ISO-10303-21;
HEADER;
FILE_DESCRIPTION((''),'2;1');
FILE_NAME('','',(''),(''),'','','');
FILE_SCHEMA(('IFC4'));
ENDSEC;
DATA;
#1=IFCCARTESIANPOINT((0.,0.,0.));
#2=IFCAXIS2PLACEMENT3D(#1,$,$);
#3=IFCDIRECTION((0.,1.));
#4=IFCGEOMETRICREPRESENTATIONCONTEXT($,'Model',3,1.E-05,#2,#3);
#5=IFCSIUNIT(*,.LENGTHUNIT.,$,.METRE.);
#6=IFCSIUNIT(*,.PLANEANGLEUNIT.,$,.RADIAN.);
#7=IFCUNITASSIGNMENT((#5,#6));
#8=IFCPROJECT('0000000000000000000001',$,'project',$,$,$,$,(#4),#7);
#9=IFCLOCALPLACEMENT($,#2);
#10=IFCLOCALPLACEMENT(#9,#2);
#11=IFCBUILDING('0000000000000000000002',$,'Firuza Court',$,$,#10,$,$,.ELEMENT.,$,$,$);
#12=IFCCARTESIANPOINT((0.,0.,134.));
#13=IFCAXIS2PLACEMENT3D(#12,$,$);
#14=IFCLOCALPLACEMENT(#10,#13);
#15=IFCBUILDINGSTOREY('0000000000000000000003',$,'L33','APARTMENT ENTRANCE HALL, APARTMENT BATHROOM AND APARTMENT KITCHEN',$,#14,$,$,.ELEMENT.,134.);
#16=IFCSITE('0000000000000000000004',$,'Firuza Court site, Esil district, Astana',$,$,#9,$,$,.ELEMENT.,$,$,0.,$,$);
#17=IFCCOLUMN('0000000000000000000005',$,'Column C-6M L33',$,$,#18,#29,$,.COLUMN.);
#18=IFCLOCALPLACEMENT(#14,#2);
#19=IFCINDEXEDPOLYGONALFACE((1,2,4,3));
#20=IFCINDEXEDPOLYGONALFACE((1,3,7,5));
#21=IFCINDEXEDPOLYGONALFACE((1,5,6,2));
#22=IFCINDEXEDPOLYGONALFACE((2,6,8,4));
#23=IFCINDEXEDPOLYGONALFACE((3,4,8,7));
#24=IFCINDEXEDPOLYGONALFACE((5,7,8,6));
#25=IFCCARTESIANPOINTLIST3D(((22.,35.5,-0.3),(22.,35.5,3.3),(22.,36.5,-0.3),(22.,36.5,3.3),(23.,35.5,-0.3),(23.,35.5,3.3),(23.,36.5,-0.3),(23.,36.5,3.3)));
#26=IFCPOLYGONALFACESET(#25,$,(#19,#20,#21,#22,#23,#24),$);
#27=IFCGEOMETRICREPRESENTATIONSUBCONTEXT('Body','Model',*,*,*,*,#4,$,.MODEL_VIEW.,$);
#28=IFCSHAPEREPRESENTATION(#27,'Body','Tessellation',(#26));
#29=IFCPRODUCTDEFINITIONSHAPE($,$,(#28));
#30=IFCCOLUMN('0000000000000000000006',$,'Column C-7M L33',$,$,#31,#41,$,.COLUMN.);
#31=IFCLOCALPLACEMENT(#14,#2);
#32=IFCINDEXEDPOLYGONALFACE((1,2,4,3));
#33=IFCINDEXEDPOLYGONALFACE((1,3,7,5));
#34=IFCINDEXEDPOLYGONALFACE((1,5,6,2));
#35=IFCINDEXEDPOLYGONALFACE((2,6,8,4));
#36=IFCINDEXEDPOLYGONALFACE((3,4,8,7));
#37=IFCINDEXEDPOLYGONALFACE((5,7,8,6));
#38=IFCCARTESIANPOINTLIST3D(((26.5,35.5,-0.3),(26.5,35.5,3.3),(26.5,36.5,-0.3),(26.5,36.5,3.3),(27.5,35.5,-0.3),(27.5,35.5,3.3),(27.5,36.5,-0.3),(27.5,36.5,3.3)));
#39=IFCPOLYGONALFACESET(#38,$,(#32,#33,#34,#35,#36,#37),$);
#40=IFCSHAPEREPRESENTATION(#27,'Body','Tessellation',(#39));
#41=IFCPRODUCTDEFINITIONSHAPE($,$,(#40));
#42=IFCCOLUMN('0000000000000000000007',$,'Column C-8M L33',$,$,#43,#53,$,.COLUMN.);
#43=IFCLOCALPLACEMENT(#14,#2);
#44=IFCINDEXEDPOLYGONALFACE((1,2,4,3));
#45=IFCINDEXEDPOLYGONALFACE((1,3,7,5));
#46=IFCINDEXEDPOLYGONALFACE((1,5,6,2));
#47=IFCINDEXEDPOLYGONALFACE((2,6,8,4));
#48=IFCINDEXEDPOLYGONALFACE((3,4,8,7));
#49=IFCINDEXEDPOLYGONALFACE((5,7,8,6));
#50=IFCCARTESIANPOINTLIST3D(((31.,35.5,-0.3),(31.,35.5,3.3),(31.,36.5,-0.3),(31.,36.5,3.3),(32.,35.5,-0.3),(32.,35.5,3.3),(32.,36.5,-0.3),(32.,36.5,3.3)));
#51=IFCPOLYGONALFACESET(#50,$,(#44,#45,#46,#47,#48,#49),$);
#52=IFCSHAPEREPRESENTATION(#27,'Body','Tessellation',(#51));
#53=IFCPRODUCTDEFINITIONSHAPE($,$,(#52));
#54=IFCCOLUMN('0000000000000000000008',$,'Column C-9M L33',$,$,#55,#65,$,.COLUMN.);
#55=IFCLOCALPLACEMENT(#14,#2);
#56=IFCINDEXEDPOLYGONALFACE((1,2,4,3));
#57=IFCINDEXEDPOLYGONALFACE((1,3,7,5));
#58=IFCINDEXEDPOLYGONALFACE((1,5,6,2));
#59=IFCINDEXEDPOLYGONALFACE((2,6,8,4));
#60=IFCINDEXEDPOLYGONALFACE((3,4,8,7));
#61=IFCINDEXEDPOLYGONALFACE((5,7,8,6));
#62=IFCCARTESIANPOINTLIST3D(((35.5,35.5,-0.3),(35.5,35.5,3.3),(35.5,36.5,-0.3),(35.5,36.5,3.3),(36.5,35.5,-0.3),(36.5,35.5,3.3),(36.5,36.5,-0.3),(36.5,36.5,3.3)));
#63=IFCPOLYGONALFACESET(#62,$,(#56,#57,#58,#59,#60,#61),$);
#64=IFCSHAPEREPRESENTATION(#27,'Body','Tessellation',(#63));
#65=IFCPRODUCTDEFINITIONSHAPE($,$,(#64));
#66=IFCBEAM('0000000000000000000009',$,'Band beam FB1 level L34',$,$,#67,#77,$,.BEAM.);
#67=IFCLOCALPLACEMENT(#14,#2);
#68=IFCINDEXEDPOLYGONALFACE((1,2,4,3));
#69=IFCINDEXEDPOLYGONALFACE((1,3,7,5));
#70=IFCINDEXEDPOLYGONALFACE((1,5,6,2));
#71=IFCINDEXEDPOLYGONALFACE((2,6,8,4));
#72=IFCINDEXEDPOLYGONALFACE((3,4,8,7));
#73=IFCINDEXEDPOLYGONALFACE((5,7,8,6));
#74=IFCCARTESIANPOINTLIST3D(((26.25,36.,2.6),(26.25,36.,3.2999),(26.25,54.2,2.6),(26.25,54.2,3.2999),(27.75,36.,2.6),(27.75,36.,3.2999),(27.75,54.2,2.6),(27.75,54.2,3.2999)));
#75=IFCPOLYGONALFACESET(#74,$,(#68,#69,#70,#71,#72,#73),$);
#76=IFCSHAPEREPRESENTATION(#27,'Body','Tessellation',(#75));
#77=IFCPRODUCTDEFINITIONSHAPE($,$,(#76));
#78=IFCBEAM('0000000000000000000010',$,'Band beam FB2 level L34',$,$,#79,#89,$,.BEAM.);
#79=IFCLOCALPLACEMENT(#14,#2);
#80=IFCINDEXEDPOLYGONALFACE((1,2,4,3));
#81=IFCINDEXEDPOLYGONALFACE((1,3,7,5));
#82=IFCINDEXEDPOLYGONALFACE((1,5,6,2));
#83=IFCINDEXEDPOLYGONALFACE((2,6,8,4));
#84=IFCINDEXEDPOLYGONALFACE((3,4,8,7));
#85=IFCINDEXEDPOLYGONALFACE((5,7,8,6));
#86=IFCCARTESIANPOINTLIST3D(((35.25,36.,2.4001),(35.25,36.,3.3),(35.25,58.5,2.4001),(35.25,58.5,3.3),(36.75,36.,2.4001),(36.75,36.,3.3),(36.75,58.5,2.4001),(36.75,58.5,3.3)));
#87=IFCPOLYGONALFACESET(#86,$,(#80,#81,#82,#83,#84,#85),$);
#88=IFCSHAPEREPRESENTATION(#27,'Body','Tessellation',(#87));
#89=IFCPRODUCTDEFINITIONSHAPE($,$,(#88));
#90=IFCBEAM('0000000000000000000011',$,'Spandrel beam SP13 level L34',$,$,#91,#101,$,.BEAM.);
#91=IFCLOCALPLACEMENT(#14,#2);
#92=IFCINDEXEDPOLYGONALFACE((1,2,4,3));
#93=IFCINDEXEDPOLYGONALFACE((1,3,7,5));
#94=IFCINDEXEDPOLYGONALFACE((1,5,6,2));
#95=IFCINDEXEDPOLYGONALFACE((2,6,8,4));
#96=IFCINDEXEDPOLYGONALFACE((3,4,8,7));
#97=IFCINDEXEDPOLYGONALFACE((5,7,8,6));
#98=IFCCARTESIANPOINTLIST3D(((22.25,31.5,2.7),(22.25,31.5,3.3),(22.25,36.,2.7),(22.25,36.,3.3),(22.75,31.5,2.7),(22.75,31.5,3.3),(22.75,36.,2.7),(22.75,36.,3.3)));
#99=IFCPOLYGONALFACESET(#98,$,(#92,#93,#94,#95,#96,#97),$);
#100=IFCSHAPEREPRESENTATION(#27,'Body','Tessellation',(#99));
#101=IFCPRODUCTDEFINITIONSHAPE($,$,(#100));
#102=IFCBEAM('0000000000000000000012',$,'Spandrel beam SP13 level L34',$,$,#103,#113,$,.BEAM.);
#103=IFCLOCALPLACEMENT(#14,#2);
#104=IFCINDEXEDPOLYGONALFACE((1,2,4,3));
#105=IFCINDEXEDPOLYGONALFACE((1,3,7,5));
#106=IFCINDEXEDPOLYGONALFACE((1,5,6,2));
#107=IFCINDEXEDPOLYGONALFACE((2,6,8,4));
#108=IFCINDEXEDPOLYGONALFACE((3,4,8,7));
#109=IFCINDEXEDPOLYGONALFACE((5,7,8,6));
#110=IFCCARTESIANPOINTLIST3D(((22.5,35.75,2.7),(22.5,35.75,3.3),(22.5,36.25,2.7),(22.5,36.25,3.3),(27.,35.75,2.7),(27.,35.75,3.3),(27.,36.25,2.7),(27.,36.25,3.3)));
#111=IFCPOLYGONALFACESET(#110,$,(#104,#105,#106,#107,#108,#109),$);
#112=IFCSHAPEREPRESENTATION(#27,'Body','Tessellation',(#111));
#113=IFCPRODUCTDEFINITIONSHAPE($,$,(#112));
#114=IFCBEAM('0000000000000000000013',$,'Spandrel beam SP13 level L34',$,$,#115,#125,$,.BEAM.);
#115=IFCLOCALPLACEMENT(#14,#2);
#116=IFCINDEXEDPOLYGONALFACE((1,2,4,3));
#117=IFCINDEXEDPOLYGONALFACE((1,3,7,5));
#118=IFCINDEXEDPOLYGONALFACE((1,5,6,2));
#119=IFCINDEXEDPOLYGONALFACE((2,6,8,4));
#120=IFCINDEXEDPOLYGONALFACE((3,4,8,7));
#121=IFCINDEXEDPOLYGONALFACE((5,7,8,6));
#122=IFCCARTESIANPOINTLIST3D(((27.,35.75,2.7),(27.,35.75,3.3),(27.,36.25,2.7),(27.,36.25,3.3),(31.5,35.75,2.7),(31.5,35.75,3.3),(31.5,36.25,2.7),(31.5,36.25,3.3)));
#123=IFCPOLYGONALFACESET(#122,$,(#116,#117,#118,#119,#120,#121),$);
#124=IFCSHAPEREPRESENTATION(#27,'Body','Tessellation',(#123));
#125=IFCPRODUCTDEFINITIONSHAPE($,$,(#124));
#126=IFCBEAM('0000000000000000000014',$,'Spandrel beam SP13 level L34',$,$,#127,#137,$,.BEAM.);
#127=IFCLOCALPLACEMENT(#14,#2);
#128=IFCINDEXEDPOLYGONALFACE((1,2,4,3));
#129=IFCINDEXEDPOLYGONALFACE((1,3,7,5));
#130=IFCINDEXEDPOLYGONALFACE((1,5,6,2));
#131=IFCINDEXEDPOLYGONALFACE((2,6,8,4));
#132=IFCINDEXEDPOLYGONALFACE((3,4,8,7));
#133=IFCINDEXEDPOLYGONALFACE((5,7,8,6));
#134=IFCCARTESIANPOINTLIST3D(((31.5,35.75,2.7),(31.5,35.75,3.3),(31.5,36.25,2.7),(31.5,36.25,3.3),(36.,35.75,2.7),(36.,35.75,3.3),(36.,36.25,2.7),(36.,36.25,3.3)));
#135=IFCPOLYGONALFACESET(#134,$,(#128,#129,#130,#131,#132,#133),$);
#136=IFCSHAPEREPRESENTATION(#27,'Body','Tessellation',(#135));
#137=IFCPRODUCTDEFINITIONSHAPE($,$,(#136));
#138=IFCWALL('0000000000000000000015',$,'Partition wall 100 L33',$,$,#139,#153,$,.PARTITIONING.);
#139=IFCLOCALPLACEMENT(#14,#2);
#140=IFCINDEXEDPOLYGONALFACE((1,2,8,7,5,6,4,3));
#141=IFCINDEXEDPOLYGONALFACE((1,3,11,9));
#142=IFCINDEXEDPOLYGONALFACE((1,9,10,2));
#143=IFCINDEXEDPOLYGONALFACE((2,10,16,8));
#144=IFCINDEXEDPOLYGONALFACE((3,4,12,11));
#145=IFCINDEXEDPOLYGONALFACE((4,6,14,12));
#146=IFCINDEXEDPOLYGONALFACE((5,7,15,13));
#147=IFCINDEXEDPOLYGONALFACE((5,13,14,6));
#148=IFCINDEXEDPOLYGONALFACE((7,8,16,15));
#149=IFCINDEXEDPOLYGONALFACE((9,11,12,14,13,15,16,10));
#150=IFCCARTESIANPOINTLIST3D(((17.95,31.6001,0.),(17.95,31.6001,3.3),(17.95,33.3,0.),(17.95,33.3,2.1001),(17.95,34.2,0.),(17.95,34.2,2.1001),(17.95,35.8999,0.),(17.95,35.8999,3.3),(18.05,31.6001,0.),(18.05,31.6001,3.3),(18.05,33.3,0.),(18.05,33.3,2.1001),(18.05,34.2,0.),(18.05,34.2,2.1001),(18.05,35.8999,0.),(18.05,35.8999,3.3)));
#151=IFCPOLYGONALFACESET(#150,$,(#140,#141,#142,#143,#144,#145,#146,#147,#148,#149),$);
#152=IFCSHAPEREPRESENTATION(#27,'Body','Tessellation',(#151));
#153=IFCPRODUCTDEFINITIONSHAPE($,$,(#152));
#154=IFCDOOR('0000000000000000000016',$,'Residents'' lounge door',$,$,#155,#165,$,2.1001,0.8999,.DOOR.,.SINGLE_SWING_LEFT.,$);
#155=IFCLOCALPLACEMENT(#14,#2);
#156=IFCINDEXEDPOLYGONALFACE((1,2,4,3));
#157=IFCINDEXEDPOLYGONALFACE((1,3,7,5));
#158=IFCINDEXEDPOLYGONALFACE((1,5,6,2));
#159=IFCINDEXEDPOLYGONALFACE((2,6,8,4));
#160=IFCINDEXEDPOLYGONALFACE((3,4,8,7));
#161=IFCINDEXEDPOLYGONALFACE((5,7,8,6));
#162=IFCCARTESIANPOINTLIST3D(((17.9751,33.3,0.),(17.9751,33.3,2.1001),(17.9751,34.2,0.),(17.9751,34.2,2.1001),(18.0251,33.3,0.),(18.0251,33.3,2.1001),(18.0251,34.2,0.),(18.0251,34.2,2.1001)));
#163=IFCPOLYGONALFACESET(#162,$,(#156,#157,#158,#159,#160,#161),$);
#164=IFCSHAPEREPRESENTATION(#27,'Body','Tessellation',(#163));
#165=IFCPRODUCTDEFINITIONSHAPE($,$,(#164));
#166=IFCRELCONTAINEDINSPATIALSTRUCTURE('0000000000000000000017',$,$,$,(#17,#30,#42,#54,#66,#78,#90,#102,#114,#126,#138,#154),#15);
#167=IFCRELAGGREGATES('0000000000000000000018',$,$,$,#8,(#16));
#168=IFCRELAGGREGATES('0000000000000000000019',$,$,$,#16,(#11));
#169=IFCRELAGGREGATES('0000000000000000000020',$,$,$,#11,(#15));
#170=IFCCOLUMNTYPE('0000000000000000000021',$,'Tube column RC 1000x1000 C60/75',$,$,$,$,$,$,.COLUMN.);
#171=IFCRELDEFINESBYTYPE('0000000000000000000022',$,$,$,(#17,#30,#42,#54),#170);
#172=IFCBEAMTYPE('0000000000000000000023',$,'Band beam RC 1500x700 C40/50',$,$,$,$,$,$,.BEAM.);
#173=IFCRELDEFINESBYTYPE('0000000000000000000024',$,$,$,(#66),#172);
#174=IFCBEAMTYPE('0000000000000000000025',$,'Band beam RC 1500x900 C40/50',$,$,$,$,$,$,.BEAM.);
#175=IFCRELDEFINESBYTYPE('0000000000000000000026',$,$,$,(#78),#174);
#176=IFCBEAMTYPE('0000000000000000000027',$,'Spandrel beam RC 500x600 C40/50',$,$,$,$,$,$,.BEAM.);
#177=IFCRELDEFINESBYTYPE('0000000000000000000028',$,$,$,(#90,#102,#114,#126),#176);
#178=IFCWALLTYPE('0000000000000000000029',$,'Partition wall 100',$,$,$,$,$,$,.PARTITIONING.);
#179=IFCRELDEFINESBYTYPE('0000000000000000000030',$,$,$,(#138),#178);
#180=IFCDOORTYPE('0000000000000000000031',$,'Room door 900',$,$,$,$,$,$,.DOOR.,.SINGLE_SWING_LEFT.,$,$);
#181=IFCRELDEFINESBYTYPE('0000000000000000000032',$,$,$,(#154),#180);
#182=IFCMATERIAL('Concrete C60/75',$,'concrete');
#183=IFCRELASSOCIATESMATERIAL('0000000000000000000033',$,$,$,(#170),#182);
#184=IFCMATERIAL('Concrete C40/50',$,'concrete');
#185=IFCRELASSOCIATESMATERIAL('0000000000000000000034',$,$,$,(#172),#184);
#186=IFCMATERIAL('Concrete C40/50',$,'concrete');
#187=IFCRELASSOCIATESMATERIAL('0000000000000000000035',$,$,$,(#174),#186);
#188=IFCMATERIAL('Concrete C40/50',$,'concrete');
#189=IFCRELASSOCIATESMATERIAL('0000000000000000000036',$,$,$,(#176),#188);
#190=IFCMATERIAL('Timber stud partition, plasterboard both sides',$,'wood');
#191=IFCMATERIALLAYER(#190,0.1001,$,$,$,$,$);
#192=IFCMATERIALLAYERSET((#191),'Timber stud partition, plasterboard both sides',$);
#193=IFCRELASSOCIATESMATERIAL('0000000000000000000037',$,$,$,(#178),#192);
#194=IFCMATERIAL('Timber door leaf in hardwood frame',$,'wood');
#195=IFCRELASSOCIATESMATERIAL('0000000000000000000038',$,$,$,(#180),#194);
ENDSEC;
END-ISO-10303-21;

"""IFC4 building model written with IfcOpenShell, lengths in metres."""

from ifc_helpers import new_model, si_unit, direction, frame, frame_2d, origin, origin_2d, place, context, subcontext, project, spatial, rectangle, extrude, material, layer, layer_set, material_profile, profile_set, type_object, element, fill, save


model = new_model("IFC4")

# Units and contexts
model_context = context("Model", 3, precision=1e-05, world=origin(), true_north=direction((0.0, 1.0)))
body_context = subcontext(model_context, "Body", "Model", "MODEL_VIEW")
ifc_project = project(units=[si_unit("LENGTHUNIT", "METRE"), si_unit("PLANEANGLEUNIT", "RADIAN")], contexts=[model_context])

# Site, building, storey
site_placement = place(None, origin())
site = spatial("IfcSite", under=ifc_project, at=site_placement, Name="Firuza Court site, Esil district, Astana", CompositionType="ELEMENT", RefElevation=0.0)
building_placement = place(site_placement, origin())
building = spatial("IfcBuilding", under=site, at=building_placement, Name="Firuza Court", CompositionType="ELEMENT")
storey_placement = place(building_placement, frame((0.0, 0.0, 134.0)))
storey = spatial("IfcBuildingStorey", under=building, at=storey_placement, Name="L33", Description="APARTMENT ENTRANCE HALL, APARTMENT BATHROOM AND APARTMENT KITCHEN", CompositionType="ELEMENT", Elevation=134.0)

# Columns
ifc_material_1 = material(Name="Concrete C60/75", Category="concrete")
ifc_material_profile_1 = material_profile(ifc_material_1, rectangle(XDim=1.0, YDim=1.0, at=origin_2d()), Name="RC 1000x1000")
ifc_profile_set_1 = profile_set([ifc_material_profile_1], Name="Concrete C60/75")
column_type = type_object("IfcColumnType", Name="Tube column RC 1000x1000 C60/75", PredefinedType="COLUMN", material=ifc_profile_set_1)
for number, where, z_axis, x_axis, name in (
    (1, (22.5, 36.0, -0.3), (0.0, 0.0, 1.0), (1.0, 0.0, 0.0), "Column C-6M L33"),
    (2, (27.0, 36.0, -0.3), (0.0, 0.0, 1.0), (1.0, 0.0, 0.0), "Column C-7M L33"),
    (3, (31.5, 36.0, -0.3), (0.0, 0.0, 1.0), (1.0, 0.0, 0.0), "Column C-8M L33"),
    (4, (36.0, 36.0, -0.3), (0.0, 0.0, 1.0), (1.0, 0.0, 0.0), "Column C-9M L33"),
):
    element("IfcColumn", number, at=place(storey_placement, frame(where, z_axis=z_axis, x_axis=x_axis)), inside=storey, type_object=column_type, Name=name, PredefinedType="COLUMN", context=body_context, shape_type="SweptSolid", body=[
        extrude(rectangle(XDim=1.0, YDim=1.0, at=origin_2d()), origin(), (0.0, 0.0, 1.0), 3.6001),
    ])

# Beams
ifc_material_2 = material(Name="Concrete C40/50", Category="concrete")
ifc_material_profile_2 = material_profile(ifc_material_2, rectangle(XDim=1.5, YDim=0.7, at=origin_2d()), Name="RC 1500x700")
ifc_profile_set_2 = profile_set([ifc_material_profile_2], Name="Concrete C40/50")
beam_type_1 = type_object("IfcBeamType", Name="Band beam RC 1500x700 C40/50", PredefinedType="BEAM", material=ifc_profile_set_2)
beam_1_placement = place(storey_placement, frame((27.0, 36.0, 2.95), z_axis=(0.0, 1.0, 0.0), x_axis=(-1.0, 0.0, 0.0)))
element("IfcBeam", 5, at=beam_1_placement, inside=storey, type_object=beam_type_1, Name="Band beam FB1 level L34", PredefinedType="BEAM", context=body_context, shape_type="SweptSolid", body=[
    extrude(rectangle(XDim=1.5, YDim=0.7, at=origin_2d()), origin(), (0.0, 0.0, 1.0), 18.2),
])
ifc_material_3 = material(Name="Concrete C40/50", Category="concrete")
ifc_material_profile_3 = material_profile(ifc_material_3, rectangle(XDim=1.5, YDim=0.8999, at=origin_2d()), Name="RC 1500x900")
ifc_profile_set_3 = profile_set([ifc_material_profile_3], Name="Concrete C40/50")
beam_type_2 = type_object("IfcBeamType", Name="Band beam RC 1500x900 C40/50", PredefinedType="BEAM", material=ifc_profile_set_3)
beam_2_placement = place(storey_placement, frame((36.0, 36.0, 2.8501), z_axis=(0.0, 1.0, 0.0), x_axis=(-1.0, 0.0, 0.0)))
element("IfcBeam", 6, at=beam_2_placement, inside=storey, type_object=beam_type_2, Name="Band beam FB2 level L34", PredefinedType="BEAM", context=body_context, shape_type="SweptSolid", body=[
    extrude(rectangle(XDim=1.5, YDim=0.8999, at=origin_2d()), origin(), (0.0, 0.0, 1.0), 22.5),
])
ifc_material_4 = material(Name="Concrete C40/50", Category="concrete")
ifc_material_profile_4 = material_profile(ifc_material_4, rectangle(XDim=0.5, YDim=0.6001, at=origin_2d()), Name="RC 500x600")
ifc_profile_set_4 = profile_set([ifc_material_profile_4], Name="Concrete C40/50")
beam_type_3 = type_object("IfcBeamType", Name="Spandrel beam RC 500x600 C40/50", PredefinedType="BEAM", material=ifc_profile_set_4)
for number, where, z_axis, x_axis, name in (
    (7, (22.5, 31.5, 3.0), (0.0, 1.0, 0.0), (-1.0, 0.0, 0.0), "Spandrel beam SP13 level L34"),
    (8, (22.5, 36.0, 3.0), (1.0, 0.0, 0.0), (0.0, 1.0, 0.0), "Spandrel beam SP13 level L34"),
    (9, (27.0, 36.0, 3.0), (1.0, 0.0, 0.0), (0.0, 1.0, 0.0), "Spandrel beam SP13 level L34"),
    (10, (31.5, 36.0, 3.0), (1.0, 0.0, 0.0), (0.0, 1.0, 0.0), "Spandrel beam SP13 level L34"),
):
    element("IfcBeam", number, at=place(storey_placement, frame(where, z_axis=z_axis, x_axis=x_axis)), inside=storey, type_object=beam_type_3, Name=name, PredefinedType="BEAM", context=body_context, shape_type="SweptSolid", body=[
        extrude(rectangle(XDim=0.5, YDim=0.6001, at=origin_2d()), origin(), (0.0, 0.0, 1.0), 4.5),
    ])

# Wall, opening, door
ifc_material_5 = material(Name="Timber stud partition, plasterboard both sides", Category="wood")
ifc_layer_1 = layer(ifc_material_5, 0.1001)
ifc_layer_set_1 = layer_set([ifc_layer_1], Name="Timber stud partition, plasterboard both sides")
wall_type_1 = type_object("IfcWallType", Name="Partition wall 100", PredefinedType="PARTITIONING", material=ifc_layer_set_1)
wall_1_placement = place(storey_placement, frame((18.0, 31.6001, 0.0), z_axis=(0.0, 0.0, 1.0), x_axis=(0.0, 1.0, 0.0)))
wall_1 = element("IfcWall", 11, at=wall_1_placement, inside=storey, type_object=wall_type_1, Name="Partition wall 100 L33", PredefinedType="PARTITIONING", context=body_context, shape_type="SweptSolid", body=[
    extrude(rectangle(XDim=4.2998, YDim=0.1001, at=frame_2d((2.1499, 0.0))), origin(), (0.0, 0.0, 1.0), 3.3),
])
opening_1_placement = place(wall_1_placement, frame((1.7, 0.0, 0.0)))
opening_1 = element("IfcOpeningElement", 12, at=opening_1_placement, cuts=wall_1, PredefinedType="OPENING", context=body_context, shape_type="SweptSolid", body=[
    extrude(rectangle(XDim=0.8999, YDim=2.1001, at=frame_2d((0.45, 1.05))), frame((0.0, 0.062, 0.0), z_axis=(0.0, -1.0, 0.0), x_axis=(1.0, 0.0, 0.0)), (0.0, 0.0, 1.0), 0.124),
])
ifc_material_6 = material(Name="Timber door leaf in hardwood frame", Category="wood")
door_type = type_object("IfcDoorType", Name="Room door 900", OperationType="SINGLE_SWING_LEFT", PredefinedType="DOOR", material=ifc_material_6)
door_placement = place(opening_1_placement, origin())
door = element("IfcDoor", 13, at=door_placement, inside=storey, type_object=door_type, Name="Residents' lounge door", OperationType="SINGLE_SWING_LEFT", OverallHeight=2.1001, OverallWidth=0.8999, PredefinedType="DOOR", context=body_context, shape_type="SweptSolid", body=[
    extrude(rectangle(XDim=0.8999, YDim=2.1001, at=frame_2d((0.45, 1.05))), frame((0.0, 0.0249, 0.0), z_axis=(0.0, -1.0, 0.0), x_axis=(1.0, 0.0, 0.0)), (0.0, 0.0, 1.0), 0.05),
])
fill(opening_1, door)

save(model, "model.ifc")
